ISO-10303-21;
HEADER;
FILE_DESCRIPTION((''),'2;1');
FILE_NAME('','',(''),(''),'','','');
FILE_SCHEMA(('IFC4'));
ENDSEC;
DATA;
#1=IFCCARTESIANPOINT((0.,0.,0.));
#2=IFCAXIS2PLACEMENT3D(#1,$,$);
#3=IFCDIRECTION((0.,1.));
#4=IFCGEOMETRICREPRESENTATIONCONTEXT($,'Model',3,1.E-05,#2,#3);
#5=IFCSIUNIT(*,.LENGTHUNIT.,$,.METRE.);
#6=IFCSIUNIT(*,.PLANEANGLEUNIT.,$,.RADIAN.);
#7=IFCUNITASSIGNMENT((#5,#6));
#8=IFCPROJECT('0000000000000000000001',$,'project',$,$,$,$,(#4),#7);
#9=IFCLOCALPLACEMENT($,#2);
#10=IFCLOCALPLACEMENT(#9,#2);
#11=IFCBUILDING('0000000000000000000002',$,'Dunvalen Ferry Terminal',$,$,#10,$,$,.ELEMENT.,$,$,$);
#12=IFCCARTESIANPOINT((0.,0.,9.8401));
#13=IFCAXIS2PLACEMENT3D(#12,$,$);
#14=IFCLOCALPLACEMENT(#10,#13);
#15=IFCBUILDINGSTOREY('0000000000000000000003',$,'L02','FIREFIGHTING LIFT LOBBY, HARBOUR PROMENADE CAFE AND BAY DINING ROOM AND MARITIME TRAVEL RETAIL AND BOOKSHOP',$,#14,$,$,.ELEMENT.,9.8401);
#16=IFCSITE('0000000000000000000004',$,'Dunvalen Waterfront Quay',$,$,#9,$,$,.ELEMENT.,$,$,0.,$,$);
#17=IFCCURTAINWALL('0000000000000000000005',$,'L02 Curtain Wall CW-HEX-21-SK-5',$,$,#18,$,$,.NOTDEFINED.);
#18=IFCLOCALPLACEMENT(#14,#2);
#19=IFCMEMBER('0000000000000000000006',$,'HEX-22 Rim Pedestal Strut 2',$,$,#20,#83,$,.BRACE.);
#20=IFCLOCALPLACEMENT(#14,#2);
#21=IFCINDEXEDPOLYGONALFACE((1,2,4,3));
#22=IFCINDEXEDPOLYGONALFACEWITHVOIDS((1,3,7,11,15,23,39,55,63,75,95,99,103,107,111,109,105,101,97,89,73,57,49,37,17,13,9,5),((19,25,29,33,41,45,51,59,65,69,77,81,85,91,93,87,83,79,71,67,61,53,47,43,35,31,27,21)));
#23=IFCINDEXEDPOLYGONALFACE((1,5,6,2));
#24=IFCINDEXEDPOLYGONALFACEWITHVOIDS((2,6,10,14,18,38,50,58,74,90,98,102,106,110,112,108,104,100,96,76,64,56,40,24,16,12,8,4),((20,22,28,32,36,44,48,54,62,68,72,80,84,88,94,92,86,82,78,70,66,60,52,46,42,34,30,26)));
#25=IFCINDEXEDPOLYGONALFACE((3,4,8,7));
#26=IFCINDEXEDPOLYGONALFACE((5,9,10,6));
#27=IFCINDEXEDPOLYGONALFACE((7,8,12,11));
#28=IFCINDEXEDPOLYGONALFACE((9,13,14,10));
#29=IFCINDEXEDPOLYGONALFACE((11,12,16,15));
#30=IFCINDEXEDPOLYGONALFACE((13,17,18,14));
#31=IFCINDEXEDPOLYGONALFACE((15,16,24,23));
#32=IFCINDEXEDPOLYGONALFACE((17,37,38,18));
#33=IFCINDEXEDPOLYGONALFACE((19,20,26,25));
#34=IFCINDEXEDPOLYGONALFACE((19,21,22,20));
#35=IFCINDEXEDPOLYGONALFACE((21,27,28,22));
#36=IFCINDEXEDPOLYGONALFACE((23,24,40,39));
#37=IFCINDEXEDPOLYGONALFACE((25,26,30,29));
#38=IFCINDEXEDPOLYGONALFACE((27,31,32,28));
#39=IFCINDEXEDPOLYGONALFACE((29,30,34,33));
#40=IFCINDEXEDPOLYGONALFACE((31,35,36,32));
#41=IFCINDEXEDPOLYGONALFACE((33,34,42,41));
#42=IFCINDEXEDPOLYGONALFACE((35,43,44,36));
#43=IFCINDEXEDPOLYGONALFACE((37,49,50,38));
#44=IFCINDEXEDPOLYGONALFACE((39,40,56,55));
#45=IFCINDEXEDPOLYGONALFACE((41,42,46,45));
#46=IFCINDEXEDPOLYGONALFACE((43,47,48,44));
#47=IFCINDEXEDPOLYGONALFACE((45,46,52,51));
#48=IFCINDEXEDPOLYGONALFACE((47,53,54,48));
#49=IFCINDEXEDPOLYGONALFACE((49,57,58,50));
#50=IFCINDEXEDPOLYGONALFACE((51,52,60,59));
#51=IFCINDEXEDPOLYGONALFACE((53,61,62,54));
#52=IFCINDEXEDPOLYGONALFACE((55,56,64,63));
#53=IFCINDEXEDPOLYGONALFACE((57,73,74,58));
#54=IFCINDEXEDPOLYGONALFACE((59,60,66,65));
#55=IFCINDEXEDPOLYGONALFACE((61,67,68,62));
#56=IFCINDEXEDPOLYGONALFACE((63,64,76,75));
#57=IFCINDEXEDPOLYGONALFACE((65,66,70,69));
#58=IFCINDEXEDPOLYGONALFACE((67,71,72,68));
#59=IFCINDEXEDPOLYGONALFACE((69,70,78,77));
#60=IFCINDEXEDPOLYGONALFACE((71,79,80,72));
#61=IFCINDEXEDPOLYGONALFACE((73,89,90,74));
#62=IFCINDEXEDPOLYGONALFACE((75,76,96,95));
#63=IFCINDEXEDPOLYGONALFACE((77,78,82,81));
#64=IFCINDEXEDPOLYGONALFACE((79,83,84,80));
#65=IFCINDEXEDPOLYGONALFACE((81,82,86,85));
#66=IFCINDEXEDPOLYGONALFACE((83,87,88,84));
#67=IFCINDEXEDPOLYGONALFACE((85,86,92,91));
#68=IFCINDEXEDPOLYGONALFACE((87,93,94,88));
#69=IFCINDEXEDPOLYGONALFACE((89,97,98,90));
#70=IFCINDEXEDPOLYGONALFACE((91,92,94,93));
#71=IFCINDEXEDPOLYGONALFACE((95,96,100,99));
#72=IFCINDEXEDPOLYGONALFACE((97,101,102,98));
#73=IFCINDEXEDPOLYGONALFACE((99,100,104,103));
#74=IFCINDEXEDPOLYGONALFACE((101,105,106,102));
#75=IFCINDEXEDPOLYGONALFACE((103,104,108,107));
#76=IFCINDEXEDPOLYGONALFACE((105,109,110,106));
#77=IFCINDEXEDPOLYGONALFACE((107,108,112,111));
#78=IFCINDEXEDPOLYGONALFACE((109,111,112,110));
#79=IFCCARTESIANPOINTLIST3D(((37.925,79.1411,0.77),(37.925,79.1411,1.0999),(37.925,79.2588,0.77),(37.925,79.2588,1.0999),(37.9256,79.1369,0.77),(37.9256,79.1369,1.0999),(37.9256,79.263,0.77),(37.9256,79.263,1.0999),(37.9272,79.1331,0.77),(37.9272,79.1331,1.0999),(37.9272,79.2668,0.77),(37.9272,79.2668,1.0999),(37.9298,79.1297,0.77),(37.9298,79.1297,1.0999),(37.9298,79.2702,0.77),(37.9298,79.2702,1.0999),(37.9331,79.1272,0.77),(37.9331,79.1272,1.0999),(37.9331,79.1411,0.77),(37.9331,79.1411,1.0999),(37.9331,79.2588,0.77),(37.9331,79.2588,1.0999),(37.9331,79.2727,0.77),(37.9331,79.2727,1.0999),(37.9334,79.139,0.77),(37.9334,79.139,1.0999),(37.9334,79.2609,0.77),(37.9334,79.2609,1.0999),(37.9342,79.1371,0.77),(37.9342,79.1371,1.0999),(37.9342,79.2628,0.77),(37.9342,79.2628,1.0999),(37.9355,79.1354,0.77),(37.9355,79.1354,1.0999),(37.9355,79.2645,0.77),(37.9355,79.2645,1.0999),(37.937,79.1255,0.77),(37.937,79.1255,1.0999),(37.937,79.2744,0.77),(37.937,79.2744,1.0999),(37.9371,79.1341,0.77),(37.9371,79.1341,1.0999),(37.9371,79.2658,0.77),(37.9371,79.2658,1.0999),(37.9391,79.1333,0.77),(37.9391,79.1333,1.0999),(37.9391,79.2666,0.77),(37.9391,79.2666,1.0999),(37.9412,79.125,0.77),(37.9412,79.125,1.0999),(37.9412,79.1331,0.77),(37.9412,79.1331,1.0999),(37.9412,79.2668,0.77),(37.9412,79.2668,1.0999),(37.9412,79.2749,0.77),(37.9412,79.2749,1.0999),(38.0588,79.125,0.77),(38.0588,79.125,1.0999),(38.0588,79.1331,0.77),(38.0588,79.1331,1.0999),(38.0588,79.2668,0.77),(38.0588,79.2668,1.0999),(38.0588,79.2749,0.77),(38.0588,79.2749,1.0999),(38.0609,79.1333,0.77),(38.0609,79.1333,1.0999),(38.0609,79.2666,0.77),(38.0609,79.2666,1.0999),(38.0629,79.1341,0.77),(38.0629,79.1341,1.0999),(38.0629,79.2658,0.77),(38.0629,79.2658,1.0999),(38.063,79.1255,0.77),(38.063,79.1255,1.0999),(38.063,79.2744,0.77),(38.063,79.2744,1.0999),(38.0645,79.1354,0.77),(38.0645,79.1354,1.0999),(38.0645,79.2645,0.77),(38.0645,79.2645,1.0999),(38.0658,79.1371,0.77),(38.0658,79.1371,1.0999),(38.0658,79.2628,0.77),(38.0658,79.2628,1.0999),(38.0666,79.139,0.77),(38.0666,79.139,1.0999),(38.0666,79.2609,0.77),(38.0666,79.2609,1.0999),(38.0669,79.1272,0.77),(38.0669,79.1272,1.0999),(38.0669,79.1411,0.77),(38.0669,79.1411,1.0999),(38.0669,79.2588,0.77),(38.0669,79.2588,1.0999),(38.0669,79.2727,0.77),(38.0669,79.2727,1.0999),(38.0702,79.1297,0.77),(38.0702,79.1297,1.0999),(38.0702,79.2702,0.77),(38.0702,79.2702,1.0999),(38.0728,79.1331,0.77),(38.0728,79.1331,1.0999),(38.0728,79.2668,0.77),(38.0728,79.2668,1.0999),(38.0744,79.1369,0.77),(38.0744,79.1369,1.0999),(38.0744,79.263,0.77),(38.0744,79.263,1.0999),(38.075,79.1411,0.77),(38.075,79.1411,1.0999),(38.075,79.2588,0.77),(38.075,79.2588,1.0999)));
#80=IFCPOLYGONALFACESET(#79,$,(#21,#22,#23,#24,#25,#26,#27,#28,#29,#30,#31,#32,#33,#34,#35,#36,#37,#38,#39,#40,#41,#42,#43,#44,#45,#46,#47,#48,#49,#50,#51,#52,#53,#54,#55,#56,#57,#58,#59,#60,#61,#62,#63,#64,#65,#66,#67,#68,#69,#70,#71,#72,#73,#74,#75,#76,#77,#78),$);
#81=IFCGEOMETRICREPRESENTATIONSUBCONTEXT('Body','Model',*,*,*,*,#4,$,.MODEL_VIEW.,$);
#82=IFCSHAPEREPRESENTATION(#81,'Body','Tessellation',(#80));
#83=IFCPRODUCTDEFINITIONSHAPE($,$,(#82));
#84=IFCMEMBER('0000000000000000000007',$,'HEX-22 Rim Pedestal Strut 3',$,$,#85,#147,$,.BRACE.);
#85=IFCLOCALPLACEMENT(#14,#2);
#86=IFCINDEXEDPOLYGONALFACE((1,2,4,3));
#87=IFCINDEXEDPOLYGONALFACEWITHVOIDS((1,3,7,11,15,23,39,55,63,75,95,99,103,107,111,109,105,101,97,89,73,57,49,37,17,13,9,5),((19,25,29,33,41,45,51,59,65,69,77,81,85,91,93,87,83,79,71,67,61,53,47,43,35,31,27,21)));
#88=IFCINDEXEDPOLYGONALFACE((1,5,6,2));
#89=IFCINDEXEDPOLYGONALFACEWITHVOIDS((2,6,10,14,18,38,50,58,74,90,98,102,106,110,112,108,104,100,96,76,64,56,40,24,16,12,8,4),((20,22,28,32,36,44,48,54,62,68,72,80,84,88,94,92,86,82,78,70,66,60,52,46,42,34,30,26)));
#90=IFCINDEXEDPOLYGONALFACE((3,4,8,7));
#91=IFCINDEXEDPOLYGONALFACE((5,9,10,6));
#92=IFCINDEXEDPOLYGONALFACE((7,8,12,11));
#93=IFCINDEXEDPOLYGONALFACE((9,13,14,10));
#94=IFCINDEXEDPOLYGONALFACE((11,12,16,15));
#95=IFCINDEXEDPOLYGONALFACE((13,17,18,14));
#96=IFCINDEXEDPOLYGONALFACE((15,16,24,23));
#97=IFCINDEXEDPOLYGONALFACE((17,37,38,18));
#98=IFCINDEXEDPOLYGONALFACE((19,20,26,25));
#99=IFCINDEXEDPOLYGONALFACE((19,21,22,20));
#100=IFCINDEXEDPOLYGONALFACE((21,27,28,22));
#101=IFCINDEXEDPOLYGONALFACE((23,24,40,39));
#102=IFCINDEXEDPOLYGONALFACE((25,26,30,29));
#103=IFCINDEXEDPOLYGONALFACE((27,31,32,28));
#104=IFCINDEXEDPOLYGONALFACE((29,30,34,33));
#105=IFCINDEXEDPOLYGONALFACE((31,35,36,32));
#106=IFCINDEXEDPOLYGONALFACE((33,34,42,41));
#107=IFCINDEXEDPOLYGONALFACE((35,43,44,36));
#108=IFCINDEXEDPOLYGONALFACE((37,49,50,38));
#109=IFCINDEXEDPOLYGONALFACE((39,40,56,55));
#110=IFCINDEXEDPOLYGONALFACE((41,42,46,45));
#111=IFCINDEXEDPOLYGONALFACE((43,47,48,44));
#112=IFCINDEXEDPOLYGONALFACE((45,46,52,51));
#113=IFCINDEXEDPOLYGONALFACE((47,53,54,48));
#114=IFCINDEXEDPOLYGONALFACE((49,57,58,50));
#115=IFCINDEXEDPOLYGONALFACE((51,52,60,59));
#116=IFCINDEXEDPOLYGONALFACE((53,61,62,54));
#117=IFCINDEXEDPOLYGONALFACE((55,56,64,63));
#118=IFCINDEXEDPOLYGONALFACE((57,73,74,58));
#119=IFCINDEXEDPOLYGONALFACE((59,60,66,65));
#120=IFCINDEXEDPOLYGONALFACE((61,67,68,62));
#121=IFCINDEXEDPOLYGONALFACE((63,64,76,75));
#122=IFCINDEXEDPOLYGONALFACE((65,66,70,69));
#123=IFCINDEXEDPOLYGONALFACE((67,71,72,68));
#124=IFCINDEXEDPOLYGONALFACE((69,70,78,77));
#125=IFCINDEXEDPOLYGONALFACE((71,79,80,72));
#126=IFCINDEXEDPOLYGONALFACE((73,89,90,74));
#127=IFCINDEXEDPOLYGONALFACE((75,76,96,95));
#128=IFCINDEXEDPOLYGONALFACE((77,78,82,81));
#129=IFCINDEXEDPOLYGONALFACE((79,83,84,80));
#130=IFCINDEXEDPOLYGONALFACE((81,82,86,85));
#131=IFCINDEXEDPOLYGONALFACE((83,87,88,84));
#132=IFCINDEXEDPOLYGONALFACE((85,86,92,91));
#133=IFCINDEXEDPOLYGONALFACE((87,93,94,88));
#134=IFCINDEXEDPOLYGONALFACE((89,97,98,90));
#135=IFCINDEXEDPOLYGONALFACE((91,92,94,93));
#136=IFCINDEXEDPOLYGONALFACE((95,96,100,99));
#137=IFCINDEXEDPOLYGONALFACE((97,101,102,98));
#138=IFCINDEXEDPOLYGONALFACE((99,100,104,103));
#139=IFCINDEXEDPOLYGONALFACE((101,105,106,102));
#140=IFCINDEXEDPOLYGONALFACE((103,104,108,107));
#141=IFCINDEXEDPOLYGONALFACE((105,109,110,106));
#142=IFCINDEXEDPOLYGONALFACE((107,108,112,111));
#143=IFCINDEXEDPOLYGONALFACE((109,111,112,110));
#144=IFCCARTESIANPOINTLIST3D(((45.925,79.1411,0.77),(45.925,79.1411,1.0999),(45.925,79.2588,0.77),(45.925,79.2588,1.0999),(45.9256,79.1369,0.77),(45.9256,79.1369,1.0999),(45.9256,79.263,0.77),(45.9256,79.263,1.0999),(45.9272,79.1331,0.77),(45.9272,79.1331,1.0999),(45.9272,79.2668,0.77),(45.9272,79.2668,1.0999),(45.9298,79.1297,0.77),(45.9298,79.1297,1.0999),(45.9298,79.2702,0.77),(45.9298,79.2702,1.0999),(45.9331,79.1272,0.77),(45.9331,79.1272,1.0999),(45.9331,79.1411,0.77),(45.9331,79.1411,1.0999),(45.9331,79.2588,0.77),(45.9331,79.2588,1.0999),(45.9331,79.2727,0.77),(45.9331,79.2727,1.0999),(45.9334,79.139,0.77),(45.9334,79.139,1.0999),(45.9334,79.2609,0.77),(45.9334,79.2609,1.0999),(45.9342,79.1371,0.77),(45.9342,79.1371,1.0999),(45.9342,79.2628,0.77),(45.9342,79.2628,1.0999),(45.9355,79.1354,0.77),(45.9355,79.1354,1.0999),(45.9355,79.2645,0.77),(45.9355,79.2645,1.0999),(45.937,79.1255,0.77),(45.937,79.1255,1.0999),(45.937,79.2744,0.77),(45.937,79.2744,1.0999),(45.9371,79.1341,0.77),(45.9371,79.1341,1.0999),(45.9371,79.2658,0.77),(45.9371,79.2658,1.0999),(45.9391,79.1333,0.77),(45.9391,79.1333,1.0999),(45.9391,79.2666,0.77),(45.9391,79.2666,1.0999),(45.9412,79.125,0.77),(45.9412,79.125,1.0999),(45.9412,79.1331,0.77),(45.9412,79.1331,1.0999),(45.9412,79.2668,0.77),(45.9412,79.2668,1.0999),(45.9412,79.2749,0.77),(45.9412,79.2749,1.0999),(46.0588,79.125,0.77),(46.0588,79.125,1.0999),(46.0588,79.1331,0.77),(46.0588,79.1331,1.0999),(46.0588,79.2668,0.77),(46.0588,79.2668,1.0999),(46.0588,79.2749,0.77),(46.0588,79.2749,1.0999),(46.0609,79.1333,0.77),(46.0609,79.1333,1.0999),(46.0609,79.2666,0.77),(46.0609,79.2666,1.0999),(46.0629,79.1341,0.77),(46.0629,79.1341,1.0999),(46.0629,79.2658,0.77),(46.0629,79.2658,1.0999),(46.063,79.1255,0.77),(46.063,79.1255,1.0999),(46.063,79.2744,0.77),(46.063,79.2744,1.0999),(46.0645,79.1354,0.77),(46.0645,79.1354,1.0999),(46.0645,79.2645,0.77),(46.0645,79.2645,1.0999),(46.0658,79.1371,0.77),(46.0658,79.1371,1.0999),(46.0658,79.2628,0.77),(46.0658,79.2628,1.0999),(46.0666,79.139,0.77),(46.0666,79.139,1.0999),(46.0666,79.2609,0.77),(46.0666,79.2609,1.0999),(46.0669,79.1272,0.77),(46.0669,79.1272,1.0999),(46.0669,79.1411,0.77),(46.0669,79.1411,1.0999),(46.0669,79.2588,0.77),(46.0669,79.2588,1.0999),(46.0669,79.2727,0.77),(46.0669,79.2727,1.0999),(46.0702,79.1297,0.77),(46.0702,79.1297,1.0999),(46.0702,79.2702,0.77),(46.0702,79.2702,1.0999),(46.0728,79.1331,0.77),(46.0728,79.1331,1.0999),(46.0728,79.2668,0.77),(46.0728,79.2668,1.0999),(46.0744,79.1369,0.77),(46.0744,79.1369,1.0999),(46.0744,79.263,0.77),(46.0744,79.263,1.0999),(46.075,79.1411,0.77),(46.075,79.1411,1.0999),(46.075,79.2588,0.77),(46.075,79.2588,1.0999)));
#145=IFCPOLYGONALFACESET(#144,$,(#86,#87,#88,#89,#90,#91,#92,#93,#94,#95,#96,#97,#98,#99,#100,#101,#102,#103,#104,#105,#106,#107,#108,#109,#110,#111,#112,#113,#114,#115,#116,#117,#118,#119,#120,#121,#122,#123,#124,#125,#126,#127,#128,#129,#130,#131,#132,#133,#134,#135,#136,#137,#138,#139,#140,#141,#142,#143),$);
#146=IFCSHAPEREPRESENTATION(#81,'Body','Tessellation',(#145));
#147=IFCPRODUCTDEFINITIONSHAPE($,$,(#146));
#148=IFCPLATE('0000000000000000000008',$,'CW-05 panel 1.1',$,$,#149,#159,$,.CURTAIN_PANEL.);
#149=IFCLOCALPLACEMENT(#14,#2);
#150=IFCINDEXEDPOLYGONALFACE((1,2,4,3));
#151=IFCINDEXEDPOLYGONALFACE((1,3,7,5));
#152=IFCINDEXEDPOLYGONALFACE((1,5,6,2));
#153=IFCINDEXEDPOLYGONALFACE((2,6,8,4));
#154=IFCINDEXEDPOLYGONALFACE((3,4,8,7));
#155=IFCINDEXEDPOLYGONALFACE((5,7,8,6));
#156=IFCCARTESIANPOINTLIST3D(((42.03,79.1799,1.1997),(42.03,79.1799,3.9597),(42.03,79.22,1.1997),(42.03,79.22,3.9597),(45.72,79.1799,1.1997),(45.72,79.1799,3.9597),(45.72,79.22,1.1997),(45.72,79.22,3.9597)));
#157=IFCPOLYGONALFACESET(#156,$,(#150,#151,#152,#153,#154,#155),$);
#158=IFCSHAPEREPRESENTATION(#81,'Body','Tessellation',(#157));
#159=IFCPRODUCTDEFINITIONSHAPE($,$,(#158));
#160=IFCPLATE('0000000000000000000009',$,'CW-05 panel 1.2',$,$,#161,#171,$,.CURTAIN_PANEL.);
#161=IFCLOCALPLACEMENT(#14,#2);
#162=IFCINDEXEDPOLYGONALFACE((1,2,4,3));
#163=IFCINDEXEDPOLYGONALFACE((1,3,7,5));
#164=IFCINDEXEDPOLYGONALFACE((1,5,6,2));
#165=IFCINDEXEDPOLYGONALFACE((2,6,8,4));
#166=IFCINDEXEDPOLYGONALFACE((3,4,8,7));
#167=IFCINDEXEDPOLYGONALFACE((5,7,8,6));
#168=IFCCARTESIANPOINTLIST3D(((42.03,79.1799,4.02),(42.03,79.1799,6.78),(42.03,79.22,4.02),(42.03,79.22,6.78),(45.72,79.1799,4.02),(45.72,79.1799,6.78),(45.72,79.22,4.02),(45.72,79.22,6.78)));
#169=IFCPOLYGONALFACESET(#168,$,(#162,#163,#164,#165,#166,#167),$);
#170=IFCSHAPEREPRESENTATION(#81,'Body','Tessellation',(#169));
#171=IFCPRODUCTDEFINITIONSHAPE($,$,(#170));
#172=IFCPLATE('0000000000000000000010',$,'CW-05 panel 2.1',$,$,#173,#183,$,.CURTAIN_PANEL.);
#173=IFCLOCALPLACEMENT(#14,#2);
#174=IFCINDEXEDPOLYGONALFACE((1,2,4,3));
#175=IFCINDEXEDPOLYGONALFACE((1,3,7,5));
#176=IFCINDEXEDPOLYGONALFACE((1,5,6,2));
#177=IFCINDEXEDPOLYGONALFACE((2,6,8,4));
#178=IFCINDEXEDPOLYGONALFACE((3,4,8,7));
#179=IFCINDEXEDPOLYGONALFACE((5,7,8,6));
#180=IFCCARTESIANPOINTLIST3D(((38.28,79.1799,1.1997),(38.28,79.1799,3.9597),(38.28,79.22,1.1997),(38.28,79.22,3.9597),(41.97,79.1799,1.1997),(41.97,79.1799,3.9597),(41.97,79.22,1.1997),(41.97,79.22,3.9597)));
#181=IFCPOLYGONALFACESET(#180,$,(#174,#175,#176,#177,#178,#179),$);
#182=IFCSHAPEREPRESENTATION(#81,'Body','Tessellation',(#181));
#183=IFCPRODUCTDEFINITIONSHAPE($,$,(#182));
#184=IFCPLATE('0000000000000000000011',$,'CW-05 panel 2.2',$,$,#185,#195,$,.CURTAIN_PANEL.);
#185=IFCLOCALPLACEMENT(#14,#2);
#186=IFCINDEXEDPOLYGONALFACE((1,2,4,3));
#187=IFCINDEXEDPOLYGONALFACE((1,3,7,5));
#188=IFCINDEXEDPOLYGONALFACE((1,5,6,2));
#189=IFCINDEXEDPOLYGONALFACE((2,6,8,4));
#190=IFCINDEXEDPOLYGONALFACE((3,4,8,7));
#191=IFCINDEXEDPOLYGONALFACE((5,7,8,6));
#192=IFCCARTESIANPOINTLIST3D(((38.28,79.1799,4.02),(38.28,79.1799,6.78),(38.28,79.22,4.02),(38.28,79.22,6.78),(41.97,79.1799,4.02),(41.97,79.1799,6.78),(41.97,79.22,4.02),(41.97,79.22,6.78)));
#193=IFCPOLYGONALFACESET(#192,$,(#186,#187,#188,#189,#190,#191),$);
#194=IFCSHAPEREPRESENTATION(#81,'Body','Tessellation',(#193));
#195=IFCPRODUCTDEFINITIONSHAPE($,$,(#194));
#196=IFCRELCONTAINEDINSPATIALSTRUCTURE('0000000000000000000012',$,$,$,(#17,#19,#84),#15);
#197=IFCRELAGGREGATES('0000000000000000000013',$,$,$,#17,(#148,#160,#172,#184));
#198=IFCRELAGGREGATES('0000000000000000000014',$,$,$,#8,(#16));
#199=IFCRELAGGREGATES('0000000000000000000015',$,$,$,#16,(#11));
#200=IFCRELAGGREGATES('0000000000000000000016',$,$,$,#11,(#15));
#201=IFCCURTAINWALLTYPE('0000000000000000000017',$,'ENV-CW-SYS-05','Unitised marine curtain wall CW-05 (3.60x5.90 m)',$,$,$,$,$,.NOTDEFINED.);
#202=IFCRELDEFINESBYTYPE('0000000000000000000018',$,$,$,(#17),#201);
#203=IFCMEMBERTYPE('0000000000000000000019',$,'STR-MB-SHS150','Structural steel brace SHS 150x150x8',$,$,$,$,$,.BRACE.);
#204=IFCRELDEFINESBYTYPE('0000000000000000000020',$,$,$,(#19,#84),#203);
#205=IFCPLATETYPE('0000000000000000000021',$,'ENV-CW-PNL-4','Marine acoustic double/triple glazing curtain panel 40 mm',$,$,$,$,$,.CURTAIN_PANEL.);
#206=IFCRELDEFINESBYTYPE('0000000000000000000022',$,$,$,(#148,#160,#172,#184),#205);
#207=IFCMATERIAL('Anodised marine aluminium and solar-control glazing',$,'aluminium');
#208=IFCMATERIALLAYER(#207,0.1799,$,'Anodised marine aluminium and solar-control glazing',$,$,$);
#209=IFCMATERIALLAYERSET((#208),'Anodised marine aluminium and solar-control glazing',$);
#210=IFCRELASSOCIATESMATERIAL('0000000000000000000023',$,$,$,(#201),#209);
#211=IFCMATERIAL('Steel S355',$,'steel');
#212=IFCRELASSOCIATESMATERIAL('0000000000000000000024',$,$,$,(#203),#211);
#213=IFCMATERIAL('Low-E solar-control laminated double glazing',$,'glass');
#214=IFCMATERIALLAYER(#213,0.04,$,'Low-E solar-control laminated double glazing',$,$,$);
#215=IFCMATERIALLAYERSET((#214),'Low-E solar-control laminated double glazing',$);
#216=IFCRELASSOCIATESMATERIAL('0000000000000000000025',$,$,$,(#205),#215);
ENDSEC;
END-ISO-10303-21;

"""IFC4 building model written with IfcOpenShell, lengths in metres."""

from ifc_helpers import new_model, si_unit, direction, frame, origin, origin_2d, place, context, subcontext, project, spatial, rectangle, hollow_rectangle, extrude, material, layer, layer_set, material_profile, profile_set, type_object, element, aggregate, save


model = new_model("IFC4")

# Units and contexts
model_context = context("Model", 3, precision=1e-05, world=origin(), true_north=direction((0.0, 1.0)))
body_context = subcontext(model_context, "Body", "Model", "MODEL_VIEW")
ifc_project = project(units=[si_unit("LENGTHUNIT", "METRE"), si_unit("PLANEANGLEUNIT", "RADIAN")], contexts=[model_context])

# Site, building, storey
site_placement = place(None, origin())
site = spatial("IfcSite", under=ifc_project, at=site_placement, Name="Dunvalen Waterfront Quay", CompositionType="ELEMENT", RefElevation=0.0)
building_placement = place(site_placement, origin())
building = spatial("IfcBuilding", under=site, at=building_placement, Name="Dunvalen Ferry Terminal", CompositionType="ELEMENT")
storey_placement = place(building_placement, frame((0.0, 0.0, 9.8401)))
storey = spatial("IfcBuildingStorey", under=building, at=storey_placement, Name="L02", Description="FIREFIGHTING LIFT LOBBY, HARBOUR PROMENADE CAFE AND BAY DINING ROOM AND MARITIME TRAVEL RETAIL AND BOOKSHOP", CompositionType="ELEMENT", Elevation=9.8401)

# Curtain wall
ifc_material_1 = material(Name="Anodised marine aluminium and solar-control glazing", Category="aluminium")
ifc_layer_1 = layer(ifc_material_1, 0.1799, Name="Anodised marine aluminium and solar-control glazing")
ifc_layer_set_1 = layer_set([ifc_layer_1], Name="Anodised marine aluminium and solar-control glazing")
curtain_wall_type = type_object("IfcCurtainWallType", Name="ENV-CW-SYS-05", Description="Unitised marine curtain wall CW-05 (3.60x5.90 m)", PredefinedType="NOTDEFINED", material=ifc_layer_set_1)
curtain_wall_placement = place(storey_placement, origin())
curtain_wall = element("IfcCurtainWall", 1, at=curtain_wall_placement, inside=storey, type_object=curtain_wall_type, Name="L02 Curtain Wall CW-HEX-21-SK-5", PredefinedType="NOTDEFINED")

# Shared definitions
ifc_material_2 = material(Name="Steel S355", Category="steel")

# Members
ifc_material_profile_1 = material_profile(ifc_material_2, hollow_rectangle(XDim=0.1499, YDim=0.1499, WallThickness=0.0081, InnerFilletRadius=0.0081, OuterFilletRadius=0.0161, at=origin_2d()), Name="Steel S355")
ifc_profile_set_1 = profile_set([ifc_material_profile_1], Name="Steel S355")
member_type_1 = type_object("IfcMemberType", Name="STR-MB-SHS150", Description="Structural steel brace SHS 150x150x8", PredefinedType="BRACE", material=ifc_profile_set_1)
for number, where, z_axis, x_axis, name in (
    (2, (38.0, 79.2, 0.77), (0.0, 0.0, 1.0), (1.0, 0.0, 0.0), "HEX-22 Rim Pedestal Strut 2"),
    (3, (46.0, 79.2, 0.77), (0.0, 0.0, 1.0), (1.0, 0.0, 0.0), "HEX-22 Rim Pedestal Strut 3"),
):
    element("IfcMember", number, at=place(storey_placement, frame(where, z_axis=z_axis, x_axis=x_axis)), inside=storey, type_object=member_type_1, Name=name, PredefinedType="BRACE", context=body_context, shape_type="SweptSolid", body=[
        extrude(hollow_rectangle(XDim=0.1499, YDim=0.1499, WallThickness=0.0081, InnerFilletRadius=0.0081, OuterFilletRadius=0.0161, at=origin_2d()), origin(), (0.0, 0.0, 1.0), 0.3298),
    ])

# Plates
ifc_material_3 = material(Name="Low-E solar-control laminated double glazing", Category="glass")
ifc_layer_2 = layer(ifc_material_3, 0.04, Name="Low-E solar-control laminated double glazing")
ifc_layer_set_2 = layer_set([ifc_layer_2], Name="Low-E solar-control laminated double glazing")
plate_type_1 = type_object("IfcPlateType", Name="ENV-CW-PNL-4", Description="Marine acoustic double/triple glazing curtain panel 40 mm", PredefinedType="CURTAIN_PANEL", material=ifc_layer_set_2)
plate_1_placement = place(storey_placement, frame((43.875, 79.2, 1.1997), z_axis=(0.0, 0.0, 1.0), x_axis=(-1.0, 0.0, 0.0)))
plate_1 = element("IfcPlate", 4, at=plate_1_placement, type_object=plate_type_1, Name="CW-05 panel 1.1", PredefinedType="CURTAIN_PANEL", context=body_context, shape_type="SweptSolid", body=[
    extrude(rectangle(XDim=3.6899, YDim=0.04, at=origin_2d()), origin(), (0.0, 0.0, 1.0), 2.76),
])
plate_2_placement = place(storey_placement, frame((43.875, 79.2, 4.02), z_axis=(0.0, 0.0, 1.0), x_axis=(-1.0, 0.0, 0.0)))
plate_2 = element("IfcPlate", 5, at=plate_2_placement, type_object=plate_type_1, Name="CW-05 panel 1.2", PredefinedType="CURTAIN_PANEL", context=body_context, shape_type="SweptSolid", body=[
    extrude(rectangle(XDim=3.6899, YDim=0.04, at=origin_2d()), origin(), (0.0, 0.0, 1.0), 2.76),
])
plate_3_placement = place(storey_placement, frame((40.125, 79.2, 1.1997), z_axis=(0.0, 0.0, 1.0), x_axis=(-1.0, 0.0, 0.0)))
plate_3 = element("IfcPlate", 6, at=plate_3_placement, type_object=plate_type_1, Name="CW-05 panel 2.1", PredefinedType="CURTAIN_PANEL", context=body_context, shape_type="SweptSolid", body=[
    extrude(rectangle(XDim=3.6899, YDim=0.04, at=origin_2d()), origin(), (0.0, 0.0, 1.0), 2.76),
])
plate_4_placement = place(storey_placement, frame((40.125, 79.2, 4.02), z_axis=(0.0, 0.0, 1.0), x_axis=(-1.0, 0.0, 0.0)))
plate_4 = element("IfcPlate", 7, at=plate_4_placement, type_object=plate_type_1, Name="CW-05 panel 2.2", PredefinedType="CURTAIN_PANEL", context=body_context, shape_type="SweptSolid", body=[
    extrude(rectangle(XDim=3.6899, YDim=0.04, at=origin_2d()), origin(), (0.0, 0.0, 1.0), 2.76),
])
aggregate(curtain_wall, [plate_1, plate_2, plate_3, plate_4])

save(model, "model.ifc")
